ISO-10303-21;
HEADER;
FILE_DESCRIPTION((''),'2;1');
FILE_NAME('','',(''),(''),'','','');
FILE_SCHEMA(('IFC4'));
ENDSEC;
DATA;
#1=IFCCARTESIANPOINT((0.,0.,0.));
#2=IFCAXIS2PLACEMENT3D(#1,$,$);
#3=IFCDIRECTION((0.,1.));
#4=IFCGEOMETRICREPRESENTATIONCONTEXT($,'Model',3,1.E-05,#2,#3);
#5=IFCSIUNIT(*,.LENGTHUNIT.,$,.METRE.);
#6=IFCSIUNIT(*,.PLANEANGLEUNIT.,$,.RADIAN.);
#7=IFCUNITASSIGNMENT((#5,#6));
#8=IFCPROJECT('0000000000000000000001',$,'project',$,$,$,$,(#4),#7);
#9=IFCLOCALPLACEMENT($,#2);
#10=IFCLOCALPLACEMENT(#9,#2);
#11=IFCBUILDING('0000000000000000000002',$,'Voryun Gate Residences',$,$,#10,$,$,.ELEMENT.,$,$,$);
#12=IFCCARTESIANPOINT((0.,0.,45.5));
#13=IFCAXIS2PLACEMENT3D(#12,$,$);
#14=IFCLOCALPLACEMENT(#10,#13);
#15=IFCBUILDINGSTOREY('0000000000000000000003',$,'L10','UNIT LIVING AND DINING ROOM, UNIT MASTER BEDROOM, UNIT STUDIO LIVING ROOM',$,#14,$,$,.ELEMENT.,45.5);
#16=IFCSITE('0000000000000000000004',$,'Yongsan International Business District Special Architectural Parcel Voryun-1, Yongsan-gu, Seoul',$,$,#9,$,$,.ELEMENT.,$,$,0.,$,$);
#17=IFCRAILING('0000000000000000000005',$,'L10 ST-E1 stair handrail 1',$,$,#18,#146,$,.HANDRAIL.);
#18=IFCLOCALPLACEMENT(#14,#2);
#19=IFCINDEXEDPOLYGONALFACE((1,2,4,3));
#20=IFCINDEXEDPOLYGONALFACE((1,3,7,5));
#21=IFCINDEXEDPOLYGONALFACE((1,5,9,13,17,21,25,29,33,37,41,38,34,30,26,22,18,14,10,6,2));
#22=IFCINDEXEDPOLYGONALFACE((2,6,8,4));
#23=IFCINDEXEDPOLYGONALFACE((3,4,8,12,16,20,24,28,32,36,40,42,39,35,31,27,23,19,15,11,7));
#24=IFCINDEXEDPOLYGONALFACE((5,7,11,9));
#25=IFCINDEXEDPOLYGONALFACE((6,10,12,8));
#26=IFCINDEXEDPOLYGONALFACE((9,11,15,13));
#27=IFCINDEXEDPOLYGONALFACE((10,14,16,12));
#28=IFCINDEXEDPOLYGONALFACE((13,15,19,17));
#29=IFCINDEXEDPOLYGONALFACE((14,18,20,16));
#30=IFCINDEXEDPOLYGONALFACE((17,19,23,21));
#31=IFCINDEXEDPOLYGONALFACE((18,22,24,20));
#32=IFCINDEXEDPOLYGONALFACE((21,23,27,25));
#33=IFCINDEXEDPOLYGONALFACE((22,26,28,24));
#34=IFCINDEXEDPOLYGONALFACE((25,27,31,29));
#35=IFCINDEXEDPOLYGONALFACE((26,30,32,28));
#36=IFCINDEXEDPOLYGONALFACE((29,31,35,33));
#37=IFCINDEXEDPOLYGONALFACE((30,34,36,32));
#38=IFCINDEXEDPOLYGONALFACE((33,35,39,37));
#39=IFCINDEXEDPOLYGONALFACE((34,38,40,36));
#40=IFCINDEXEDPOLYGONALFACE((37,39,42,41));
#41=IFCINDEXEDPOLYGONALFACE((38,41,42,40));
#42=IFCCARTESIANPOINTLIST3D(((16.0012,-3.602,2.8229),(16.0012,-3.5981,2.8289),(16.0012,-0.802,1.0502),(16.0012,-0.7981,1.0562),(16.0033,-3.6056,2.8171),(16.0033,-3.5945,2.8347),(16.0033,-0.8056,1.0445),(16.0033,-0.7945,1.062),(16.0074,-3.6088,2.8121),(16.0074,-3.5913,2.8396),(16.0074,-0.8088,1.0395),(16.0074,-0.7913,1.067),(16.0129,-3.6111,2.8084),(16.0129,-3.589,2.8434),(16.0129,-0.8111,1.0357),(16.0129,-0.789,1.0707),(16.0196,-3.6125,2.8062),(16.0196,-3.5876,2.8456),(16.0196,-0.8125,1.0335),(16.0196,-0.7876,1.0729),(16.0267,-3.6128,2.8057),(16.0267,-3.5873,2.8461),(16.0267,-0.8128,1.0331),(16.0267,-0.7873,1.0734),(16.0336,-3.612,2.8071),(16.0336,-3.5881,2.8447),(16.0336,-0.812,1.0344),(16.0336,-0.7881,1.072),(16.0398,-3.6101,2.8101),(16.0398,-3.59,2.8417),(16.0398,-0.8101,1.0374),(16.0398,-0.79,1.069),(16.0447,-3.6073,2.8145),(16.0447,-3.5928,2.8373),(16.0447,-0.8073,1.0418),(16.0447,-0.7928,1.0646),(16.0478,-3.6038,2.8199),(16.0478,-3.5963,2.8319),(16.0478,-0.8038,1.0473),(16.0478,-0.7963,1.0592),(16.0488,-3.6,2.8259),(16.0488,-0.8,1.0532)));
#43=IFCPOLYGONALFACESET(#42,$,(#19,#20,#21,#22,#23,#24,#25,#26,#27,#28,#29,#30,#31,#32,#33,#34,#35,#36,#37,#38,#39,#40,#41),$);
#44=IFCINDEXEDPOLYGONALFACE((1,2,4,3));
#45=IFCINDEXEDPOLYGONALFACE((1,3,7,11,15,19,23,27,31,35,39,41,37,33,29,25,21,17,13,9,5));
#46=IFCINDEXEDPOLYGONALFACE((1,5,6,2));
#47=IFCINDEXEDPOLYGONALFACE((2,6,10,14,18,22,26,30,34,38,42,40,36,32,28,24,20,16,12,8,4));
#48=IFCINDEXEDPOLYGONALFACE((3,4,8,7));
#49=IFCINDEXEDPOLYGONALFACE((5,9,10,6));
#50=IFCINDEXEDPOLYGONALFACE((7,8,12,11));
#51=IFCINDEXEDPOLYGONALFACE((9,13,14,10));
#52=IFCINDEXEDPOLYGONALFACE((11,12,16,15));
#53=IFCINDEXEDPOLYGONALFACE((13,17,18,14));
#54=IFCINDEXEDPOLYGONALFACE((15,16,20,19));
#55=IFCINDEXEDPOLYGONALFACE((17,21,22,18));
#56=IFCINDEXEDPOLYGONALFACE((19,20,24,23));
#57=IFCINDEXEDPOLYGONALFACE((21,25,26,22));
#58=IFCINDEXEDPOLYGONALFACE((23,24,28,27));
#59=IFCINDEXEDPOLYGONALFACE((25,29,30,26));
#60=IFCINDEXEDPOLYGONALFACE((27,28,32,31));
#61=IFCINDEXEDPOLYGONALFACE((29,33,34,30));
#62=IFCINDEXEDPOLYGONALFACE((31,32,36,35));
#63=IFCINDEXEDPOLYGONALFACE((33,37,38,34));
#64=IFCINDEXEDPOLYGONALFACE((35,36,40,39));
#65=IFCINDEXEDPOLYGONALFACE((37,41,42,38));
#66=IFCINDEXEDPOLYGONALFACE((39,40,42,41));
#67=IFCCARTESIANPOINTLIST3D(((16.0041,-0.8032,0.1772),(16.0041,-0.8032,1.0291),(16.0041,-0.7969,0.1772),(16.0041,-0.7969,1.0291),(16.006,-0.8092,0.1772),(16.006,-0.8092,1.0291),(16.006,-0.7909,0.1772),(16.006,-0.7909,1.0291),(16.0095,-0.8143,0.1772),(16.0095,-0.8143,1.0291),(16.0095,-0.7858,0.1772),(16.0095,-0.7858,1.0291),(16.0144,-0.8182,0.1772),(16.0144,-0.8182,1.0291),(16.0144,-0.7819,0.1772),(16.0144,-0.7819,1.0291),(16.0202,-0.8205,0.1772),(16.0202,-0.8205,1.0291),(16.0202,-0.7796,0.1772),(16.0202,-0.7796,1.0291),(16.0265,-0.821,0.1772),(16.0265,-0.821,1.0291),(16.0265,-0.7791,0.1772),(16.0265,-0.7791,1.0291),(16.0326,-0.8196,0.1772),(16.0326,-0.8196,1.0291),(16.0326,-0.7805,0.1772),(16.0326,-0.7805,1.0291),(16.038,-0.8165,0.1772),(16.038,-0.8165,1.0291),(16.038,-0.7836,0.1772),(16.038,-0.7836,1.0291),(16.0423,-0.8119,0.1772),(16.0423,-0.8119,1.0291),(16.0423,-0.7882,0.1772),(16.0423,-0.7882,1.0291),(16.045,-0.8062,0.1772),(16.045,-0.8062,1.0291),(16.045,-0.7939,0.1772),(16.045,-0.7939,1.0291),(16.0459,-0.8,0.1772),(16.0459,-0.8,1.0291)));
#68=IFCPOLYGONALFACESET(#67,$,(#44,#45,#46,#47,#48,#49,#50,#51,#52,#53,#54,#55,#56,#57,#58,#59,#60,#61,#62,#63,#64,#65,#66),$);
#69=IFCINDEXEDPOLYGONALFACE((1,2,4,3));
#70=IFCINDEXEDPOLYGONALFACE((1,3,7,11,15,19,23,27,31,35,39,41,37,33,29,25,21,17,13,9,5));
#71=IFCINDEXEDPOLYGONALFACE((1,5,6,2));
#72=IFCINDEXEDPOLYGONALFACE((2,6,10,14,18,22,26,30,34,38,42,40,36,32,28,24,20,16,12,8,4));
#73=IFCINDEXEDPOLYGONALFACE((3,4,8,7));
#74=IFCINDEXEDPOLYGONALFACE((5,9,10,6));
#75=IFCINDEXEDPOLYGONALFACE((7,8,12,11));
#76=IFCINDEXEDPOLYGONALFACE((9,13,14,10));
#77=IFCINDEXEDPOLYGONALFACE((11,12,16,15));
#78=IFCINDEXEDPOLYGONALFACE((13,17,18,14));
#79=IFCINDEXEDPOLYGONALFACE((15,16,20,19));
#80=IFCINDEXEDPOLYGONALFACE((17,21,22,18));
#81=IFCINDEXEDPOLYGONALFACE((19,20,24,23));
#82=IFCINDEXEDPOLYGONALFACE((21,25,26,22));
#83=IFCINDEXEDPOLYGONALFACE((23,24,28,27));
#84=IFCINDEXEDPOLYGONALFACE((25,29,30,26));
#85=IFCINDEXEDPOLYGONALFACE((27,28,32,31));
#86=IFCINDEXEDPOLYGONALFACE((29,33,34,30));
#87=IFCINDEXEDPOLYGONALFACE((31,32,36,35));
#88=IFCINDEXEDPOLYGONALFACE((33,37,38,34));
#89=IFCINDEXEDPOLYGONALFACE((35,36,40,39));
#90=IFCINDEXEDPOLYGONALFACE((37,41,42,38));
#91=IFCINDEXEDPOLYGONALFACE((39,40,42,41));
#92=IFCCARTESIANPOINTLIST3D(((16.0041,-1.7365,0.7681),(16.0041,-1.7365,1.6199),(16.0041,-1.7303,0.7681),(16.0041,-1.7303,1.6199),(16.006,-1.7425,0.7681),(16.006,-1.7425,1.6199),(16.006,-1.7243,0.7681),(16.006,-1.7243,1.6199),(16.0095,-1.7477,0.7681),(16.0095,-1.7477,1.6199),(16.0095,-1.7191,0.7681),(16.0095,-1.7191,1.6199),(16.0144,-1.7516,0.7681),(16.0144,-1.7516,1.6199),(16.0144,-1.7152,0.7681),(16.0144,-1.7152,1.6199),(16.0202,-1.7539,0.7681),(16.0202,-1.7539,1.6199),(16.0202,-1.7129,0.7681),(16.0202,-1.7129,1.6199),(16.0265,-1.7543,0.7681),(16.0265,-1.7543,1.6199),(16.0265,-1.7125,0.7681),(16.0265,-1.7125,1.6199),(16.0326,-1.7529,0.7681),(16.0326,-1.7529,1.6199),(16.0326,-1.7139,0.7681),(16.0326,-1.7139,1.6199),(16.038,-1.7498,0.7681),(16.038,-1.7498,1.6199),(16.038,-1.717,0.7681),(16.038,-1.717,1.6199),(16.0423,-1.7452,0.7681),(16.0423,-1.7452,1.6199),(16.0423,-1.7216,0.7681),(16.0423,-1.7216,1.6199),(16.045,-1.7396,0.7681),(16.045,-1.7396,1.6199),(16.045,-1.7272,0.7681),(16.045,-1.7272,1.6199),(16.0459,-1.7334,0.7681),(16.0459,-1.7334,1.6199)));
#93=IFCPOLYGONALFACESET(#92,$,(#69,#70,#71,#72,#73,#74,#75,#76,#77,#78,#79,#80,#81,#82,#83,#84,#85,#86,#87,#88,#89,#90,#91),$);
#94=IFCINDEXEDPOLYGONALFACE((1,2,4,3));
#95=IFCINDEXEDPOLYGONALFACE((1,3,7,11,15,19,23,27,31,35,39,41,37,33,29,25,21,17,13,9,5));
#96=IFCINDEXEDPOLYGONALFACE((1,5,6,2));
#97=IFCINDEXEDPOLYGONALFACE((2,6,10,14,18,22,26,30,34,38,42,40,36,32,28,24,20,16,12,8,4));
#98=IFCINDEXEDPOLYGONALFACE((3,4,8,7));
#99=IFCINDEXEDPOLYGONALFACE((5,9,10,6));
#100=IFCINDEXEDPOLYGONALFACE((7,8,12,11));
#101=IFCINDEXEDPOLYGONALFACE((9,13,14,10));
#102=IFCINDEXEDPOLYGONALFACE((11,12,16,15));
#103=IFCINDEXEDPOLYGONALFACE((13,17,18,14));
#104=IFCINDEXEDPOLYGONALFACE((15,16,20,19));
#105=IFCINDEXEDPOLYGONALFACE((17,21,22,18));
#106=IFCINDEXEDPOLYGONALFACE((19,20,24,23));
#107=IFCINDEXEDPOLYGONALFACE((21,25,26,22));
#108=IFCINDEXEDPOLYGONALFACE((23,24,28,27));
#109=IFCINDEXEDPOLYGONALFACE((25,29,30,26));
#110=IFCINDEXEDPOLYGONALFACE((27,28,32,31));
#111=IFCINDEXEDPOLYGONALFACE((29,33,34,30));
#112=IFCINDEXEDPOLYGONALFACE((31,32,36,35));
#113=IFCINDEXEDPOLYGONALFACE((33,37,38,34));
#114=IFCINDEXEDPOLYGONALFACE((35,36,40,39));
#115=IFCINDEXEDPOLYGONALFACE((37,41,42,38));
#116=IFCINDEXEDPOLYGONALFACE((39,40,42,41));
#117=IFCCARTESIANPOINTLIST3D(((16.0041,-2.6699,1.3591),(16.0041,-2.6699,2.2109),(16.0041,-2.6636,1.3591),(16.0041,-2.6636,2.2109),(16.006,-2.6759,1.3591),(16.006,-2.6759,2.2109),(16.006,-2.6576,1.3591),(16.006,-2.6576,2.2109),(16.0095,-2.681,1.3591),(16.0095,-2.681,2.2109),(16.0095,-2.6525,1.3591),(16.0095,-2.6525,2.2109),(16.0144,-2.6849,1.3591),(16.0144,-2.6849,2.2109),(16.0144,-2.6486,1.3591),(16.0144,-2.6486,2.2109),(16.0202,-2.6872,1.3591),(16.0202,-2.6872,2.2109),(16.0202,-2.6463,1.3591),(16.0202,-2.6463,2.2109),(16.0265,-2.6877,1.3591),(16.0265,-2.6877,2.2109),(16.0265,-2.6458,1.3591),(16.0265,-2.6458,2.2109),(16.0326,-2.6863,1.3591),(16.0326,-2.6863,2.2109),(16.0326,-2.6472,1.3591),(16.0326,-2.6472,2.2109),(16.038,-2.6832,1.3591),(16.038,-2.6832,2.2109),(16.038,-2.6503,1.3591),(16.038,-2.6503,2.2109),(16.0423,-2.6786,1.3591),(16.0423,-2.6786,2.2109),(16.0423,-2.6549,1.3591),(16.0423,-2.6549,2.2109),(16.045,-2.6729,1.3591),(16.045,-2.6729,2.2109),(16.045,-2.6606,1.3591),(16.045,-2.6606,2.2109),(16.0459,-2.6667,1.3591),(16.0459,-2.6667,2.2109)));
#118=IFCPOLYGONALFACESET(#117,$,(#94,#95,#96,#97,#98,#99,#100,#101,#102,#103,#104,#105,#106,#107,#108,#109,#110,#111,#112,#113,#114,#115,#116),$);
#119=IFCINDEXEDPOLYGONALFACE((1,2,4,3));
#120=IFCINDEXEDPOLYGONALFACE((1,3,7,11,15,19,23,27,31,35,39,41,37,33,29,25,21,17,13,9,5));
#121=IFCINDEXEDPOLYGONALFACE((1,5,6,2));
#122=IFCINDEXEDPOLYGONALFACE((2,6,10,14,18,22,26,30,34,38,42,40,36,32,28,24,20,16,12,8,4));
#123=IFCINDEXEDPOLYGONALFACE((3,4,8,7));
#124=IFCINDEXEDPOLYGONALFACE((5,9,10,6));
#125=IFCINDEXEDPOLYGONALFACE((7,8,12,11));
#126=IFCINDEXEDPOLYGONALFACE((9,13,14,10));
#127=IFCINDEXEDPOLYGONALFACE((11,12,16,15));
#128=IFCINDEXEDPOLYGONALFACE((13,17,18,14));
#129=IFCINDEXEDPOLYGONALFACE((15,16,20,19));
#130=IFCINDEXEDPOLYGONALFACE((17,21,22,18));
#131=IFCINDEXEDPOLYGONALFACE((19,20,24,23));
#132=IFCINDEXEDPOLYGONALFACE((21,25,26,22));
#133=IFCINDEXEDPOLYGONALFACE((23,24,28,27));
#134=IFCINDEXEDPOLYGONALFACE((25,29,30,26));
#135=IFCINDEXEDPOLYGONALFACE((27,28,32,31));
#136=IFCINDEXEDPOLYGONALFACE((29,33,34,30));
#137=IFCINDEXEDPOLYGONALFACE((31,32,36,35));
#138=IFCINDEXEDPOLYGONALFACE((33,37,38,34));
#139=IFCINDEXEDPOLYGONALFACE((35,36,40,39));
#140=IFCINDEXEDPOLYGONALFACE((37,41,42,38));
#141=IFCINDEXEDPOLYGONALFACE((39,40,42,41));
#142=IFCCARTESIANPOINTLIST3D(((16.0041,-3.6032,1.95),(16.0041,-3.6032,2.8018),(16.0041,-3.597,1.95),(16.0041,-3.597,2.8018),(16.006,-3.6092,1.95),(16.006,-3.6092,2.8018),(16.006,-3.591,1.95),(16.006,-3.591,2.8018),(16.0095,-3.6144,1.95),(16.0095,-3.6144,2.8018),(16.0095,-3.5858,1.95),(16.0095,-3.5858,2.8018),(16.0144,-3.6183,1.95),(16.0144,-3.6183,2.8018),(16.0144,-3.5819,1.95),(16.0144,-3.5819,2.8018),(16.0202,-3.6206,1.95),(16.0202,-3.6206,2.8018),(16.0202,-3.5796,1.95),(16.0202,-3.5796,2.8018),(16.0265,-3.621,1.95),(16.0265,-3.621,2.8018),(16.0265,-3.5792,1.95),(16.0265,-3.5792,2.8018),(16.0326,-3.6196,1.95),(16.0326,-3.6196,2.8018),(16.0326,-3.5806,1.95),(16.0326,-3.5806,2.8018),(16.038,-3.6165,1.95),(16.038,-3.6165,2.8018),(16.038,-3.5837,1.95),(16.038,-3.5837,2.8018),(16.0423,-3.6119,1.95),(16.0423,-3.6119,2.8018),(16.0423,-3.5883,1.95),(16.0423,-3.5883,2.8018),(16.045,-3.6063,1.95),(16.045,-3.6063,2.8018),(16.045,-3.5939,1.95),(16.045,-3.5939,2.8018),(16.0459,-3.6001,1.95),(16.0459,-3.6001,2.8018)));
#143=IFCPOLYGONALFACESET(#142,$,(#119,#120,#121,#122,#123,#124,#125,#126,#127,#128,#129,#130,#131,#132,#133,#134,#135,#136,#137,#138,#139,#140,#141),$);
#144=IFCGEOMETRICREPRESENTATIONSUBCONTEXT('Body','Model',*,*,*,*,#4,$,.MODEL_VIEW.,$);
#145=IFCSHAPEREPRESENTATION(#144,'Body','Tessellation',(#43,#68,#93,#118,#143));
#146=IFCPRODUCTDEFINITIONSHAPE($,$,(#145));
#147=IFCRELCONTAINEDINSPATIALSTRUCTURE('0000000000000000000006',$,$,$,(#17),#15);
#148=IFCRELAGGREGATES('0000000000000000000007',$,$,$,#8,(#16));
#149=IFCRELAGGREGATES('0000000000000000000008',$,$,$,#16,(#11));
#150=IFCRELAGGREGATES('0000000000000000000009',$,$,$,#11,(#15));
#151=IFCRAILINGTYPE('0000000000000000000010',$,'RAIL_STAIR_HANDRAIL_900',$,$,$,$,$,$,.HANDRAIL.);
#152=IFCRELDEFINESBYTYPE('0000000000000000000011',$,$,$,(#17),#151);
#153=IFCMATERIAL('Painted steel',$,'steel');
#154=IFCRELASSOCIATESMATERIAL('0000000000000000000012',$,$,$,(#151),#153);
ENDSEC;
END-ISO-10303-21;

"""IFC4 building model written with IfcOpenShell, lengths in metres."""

from ifc_helpers import new_model, si_unit, direction, frame, origin, origin_2d, place, context, subcontext, project, spatial, circle, extrude, material, type_object, element, save


model = new_model("IFC4")

# Units and contexts
model_context = context("Model", 3, precision=1e-05, world=origin(), true_north=direction((0.0, 1.0)))
body_context = subcontext(model_context, "Body", "Model", "MODEL_VIEW")
ifc_project = project(units=[si_unit("LENGTHUNIT", "METRE"), si_unit("PLANEANGLEUNIT", "RADIAN")], contexts=[model_context])

# Site, building, storey
site_placement = place(None, origin())
site = spatial("IfcSite", under=ifc_project, at=site_placement, Name="Yongsan International Business District Special Architectural Parcel Voryun-1, Yongsan-gu, Seoul", CompositionType="ELEMENT", RefElevation=0.0)
building_placement = place(site_placement, origin())
building = spatial("IfcBuilding", under=site, at=building_placement, Name="Voryun Gate Residences", CompositionType="ELEMENT")
storey_placement = place(building_placement, frame((0.0, 0.0, 45.5)))
storey = spatial("IfcBuildingStorey", under=building, at=storey_placement, Name="L10", Description="UNIT LIVING AND DINING ROOM, UNIT MASTER BEDROOM, UNIT STUDIO LIVING ROOM", CompositionType="ELEMENT", Elevation=45.5)

# Railing
ifc_material_1 = material(Name="Painted steel", Category="steel")
railing_type_1 = type_object("IfcRailingType", Name="RAIL_STAIR_HANDRAIL_900", PredefinedType="HANDRAIL", material=ifc_material_1)
railing_1_placement = place(storey_placement, frame((16.0249, -0.8, 0.1772)))
element("IfcRailing", 1, at=railing_1_placement, inside=storey, type_object=railing_type_1, Name="L10 ST-E1 stair handrail 1", PredefinedType="HANDRAIL", context=body_context, shape_type="SweptSolid", body=[
    extrude(circle(Radius=0.0239, at=origin_2d()), frame((0.0, 0.0, 0.876), z_axis=(0.0, -0.844909, 0.53491), x_axis=(1.0, 0.0, 0.0)), (0.0, 0.0, 1.0), 3.314),
    extrude(circle(Radius=0.021, at=origin_2d()), origin(), (0.0, 0.0, 1.0), 0.8518),
    extrude(circle(Radius=0.021, at=origin_2d()), frame((0.0, -0.9333, 0.5908)), (0.0, 0.0, 1.0), 0.8518),
    extrude(circle(Radius=0.021, at=origin_2d()), frame((0.0, -1.8667, 1.1819)), (0.0, 0.0, 1.0), 0.8518),
    extrude(circle(Radius=0.021, at=origin_2d()), frame((0.0, -2.8, 1.7727)), (0.0, 0.0, 1.0), 0.8518),
])

save(model, "model.ifc")
